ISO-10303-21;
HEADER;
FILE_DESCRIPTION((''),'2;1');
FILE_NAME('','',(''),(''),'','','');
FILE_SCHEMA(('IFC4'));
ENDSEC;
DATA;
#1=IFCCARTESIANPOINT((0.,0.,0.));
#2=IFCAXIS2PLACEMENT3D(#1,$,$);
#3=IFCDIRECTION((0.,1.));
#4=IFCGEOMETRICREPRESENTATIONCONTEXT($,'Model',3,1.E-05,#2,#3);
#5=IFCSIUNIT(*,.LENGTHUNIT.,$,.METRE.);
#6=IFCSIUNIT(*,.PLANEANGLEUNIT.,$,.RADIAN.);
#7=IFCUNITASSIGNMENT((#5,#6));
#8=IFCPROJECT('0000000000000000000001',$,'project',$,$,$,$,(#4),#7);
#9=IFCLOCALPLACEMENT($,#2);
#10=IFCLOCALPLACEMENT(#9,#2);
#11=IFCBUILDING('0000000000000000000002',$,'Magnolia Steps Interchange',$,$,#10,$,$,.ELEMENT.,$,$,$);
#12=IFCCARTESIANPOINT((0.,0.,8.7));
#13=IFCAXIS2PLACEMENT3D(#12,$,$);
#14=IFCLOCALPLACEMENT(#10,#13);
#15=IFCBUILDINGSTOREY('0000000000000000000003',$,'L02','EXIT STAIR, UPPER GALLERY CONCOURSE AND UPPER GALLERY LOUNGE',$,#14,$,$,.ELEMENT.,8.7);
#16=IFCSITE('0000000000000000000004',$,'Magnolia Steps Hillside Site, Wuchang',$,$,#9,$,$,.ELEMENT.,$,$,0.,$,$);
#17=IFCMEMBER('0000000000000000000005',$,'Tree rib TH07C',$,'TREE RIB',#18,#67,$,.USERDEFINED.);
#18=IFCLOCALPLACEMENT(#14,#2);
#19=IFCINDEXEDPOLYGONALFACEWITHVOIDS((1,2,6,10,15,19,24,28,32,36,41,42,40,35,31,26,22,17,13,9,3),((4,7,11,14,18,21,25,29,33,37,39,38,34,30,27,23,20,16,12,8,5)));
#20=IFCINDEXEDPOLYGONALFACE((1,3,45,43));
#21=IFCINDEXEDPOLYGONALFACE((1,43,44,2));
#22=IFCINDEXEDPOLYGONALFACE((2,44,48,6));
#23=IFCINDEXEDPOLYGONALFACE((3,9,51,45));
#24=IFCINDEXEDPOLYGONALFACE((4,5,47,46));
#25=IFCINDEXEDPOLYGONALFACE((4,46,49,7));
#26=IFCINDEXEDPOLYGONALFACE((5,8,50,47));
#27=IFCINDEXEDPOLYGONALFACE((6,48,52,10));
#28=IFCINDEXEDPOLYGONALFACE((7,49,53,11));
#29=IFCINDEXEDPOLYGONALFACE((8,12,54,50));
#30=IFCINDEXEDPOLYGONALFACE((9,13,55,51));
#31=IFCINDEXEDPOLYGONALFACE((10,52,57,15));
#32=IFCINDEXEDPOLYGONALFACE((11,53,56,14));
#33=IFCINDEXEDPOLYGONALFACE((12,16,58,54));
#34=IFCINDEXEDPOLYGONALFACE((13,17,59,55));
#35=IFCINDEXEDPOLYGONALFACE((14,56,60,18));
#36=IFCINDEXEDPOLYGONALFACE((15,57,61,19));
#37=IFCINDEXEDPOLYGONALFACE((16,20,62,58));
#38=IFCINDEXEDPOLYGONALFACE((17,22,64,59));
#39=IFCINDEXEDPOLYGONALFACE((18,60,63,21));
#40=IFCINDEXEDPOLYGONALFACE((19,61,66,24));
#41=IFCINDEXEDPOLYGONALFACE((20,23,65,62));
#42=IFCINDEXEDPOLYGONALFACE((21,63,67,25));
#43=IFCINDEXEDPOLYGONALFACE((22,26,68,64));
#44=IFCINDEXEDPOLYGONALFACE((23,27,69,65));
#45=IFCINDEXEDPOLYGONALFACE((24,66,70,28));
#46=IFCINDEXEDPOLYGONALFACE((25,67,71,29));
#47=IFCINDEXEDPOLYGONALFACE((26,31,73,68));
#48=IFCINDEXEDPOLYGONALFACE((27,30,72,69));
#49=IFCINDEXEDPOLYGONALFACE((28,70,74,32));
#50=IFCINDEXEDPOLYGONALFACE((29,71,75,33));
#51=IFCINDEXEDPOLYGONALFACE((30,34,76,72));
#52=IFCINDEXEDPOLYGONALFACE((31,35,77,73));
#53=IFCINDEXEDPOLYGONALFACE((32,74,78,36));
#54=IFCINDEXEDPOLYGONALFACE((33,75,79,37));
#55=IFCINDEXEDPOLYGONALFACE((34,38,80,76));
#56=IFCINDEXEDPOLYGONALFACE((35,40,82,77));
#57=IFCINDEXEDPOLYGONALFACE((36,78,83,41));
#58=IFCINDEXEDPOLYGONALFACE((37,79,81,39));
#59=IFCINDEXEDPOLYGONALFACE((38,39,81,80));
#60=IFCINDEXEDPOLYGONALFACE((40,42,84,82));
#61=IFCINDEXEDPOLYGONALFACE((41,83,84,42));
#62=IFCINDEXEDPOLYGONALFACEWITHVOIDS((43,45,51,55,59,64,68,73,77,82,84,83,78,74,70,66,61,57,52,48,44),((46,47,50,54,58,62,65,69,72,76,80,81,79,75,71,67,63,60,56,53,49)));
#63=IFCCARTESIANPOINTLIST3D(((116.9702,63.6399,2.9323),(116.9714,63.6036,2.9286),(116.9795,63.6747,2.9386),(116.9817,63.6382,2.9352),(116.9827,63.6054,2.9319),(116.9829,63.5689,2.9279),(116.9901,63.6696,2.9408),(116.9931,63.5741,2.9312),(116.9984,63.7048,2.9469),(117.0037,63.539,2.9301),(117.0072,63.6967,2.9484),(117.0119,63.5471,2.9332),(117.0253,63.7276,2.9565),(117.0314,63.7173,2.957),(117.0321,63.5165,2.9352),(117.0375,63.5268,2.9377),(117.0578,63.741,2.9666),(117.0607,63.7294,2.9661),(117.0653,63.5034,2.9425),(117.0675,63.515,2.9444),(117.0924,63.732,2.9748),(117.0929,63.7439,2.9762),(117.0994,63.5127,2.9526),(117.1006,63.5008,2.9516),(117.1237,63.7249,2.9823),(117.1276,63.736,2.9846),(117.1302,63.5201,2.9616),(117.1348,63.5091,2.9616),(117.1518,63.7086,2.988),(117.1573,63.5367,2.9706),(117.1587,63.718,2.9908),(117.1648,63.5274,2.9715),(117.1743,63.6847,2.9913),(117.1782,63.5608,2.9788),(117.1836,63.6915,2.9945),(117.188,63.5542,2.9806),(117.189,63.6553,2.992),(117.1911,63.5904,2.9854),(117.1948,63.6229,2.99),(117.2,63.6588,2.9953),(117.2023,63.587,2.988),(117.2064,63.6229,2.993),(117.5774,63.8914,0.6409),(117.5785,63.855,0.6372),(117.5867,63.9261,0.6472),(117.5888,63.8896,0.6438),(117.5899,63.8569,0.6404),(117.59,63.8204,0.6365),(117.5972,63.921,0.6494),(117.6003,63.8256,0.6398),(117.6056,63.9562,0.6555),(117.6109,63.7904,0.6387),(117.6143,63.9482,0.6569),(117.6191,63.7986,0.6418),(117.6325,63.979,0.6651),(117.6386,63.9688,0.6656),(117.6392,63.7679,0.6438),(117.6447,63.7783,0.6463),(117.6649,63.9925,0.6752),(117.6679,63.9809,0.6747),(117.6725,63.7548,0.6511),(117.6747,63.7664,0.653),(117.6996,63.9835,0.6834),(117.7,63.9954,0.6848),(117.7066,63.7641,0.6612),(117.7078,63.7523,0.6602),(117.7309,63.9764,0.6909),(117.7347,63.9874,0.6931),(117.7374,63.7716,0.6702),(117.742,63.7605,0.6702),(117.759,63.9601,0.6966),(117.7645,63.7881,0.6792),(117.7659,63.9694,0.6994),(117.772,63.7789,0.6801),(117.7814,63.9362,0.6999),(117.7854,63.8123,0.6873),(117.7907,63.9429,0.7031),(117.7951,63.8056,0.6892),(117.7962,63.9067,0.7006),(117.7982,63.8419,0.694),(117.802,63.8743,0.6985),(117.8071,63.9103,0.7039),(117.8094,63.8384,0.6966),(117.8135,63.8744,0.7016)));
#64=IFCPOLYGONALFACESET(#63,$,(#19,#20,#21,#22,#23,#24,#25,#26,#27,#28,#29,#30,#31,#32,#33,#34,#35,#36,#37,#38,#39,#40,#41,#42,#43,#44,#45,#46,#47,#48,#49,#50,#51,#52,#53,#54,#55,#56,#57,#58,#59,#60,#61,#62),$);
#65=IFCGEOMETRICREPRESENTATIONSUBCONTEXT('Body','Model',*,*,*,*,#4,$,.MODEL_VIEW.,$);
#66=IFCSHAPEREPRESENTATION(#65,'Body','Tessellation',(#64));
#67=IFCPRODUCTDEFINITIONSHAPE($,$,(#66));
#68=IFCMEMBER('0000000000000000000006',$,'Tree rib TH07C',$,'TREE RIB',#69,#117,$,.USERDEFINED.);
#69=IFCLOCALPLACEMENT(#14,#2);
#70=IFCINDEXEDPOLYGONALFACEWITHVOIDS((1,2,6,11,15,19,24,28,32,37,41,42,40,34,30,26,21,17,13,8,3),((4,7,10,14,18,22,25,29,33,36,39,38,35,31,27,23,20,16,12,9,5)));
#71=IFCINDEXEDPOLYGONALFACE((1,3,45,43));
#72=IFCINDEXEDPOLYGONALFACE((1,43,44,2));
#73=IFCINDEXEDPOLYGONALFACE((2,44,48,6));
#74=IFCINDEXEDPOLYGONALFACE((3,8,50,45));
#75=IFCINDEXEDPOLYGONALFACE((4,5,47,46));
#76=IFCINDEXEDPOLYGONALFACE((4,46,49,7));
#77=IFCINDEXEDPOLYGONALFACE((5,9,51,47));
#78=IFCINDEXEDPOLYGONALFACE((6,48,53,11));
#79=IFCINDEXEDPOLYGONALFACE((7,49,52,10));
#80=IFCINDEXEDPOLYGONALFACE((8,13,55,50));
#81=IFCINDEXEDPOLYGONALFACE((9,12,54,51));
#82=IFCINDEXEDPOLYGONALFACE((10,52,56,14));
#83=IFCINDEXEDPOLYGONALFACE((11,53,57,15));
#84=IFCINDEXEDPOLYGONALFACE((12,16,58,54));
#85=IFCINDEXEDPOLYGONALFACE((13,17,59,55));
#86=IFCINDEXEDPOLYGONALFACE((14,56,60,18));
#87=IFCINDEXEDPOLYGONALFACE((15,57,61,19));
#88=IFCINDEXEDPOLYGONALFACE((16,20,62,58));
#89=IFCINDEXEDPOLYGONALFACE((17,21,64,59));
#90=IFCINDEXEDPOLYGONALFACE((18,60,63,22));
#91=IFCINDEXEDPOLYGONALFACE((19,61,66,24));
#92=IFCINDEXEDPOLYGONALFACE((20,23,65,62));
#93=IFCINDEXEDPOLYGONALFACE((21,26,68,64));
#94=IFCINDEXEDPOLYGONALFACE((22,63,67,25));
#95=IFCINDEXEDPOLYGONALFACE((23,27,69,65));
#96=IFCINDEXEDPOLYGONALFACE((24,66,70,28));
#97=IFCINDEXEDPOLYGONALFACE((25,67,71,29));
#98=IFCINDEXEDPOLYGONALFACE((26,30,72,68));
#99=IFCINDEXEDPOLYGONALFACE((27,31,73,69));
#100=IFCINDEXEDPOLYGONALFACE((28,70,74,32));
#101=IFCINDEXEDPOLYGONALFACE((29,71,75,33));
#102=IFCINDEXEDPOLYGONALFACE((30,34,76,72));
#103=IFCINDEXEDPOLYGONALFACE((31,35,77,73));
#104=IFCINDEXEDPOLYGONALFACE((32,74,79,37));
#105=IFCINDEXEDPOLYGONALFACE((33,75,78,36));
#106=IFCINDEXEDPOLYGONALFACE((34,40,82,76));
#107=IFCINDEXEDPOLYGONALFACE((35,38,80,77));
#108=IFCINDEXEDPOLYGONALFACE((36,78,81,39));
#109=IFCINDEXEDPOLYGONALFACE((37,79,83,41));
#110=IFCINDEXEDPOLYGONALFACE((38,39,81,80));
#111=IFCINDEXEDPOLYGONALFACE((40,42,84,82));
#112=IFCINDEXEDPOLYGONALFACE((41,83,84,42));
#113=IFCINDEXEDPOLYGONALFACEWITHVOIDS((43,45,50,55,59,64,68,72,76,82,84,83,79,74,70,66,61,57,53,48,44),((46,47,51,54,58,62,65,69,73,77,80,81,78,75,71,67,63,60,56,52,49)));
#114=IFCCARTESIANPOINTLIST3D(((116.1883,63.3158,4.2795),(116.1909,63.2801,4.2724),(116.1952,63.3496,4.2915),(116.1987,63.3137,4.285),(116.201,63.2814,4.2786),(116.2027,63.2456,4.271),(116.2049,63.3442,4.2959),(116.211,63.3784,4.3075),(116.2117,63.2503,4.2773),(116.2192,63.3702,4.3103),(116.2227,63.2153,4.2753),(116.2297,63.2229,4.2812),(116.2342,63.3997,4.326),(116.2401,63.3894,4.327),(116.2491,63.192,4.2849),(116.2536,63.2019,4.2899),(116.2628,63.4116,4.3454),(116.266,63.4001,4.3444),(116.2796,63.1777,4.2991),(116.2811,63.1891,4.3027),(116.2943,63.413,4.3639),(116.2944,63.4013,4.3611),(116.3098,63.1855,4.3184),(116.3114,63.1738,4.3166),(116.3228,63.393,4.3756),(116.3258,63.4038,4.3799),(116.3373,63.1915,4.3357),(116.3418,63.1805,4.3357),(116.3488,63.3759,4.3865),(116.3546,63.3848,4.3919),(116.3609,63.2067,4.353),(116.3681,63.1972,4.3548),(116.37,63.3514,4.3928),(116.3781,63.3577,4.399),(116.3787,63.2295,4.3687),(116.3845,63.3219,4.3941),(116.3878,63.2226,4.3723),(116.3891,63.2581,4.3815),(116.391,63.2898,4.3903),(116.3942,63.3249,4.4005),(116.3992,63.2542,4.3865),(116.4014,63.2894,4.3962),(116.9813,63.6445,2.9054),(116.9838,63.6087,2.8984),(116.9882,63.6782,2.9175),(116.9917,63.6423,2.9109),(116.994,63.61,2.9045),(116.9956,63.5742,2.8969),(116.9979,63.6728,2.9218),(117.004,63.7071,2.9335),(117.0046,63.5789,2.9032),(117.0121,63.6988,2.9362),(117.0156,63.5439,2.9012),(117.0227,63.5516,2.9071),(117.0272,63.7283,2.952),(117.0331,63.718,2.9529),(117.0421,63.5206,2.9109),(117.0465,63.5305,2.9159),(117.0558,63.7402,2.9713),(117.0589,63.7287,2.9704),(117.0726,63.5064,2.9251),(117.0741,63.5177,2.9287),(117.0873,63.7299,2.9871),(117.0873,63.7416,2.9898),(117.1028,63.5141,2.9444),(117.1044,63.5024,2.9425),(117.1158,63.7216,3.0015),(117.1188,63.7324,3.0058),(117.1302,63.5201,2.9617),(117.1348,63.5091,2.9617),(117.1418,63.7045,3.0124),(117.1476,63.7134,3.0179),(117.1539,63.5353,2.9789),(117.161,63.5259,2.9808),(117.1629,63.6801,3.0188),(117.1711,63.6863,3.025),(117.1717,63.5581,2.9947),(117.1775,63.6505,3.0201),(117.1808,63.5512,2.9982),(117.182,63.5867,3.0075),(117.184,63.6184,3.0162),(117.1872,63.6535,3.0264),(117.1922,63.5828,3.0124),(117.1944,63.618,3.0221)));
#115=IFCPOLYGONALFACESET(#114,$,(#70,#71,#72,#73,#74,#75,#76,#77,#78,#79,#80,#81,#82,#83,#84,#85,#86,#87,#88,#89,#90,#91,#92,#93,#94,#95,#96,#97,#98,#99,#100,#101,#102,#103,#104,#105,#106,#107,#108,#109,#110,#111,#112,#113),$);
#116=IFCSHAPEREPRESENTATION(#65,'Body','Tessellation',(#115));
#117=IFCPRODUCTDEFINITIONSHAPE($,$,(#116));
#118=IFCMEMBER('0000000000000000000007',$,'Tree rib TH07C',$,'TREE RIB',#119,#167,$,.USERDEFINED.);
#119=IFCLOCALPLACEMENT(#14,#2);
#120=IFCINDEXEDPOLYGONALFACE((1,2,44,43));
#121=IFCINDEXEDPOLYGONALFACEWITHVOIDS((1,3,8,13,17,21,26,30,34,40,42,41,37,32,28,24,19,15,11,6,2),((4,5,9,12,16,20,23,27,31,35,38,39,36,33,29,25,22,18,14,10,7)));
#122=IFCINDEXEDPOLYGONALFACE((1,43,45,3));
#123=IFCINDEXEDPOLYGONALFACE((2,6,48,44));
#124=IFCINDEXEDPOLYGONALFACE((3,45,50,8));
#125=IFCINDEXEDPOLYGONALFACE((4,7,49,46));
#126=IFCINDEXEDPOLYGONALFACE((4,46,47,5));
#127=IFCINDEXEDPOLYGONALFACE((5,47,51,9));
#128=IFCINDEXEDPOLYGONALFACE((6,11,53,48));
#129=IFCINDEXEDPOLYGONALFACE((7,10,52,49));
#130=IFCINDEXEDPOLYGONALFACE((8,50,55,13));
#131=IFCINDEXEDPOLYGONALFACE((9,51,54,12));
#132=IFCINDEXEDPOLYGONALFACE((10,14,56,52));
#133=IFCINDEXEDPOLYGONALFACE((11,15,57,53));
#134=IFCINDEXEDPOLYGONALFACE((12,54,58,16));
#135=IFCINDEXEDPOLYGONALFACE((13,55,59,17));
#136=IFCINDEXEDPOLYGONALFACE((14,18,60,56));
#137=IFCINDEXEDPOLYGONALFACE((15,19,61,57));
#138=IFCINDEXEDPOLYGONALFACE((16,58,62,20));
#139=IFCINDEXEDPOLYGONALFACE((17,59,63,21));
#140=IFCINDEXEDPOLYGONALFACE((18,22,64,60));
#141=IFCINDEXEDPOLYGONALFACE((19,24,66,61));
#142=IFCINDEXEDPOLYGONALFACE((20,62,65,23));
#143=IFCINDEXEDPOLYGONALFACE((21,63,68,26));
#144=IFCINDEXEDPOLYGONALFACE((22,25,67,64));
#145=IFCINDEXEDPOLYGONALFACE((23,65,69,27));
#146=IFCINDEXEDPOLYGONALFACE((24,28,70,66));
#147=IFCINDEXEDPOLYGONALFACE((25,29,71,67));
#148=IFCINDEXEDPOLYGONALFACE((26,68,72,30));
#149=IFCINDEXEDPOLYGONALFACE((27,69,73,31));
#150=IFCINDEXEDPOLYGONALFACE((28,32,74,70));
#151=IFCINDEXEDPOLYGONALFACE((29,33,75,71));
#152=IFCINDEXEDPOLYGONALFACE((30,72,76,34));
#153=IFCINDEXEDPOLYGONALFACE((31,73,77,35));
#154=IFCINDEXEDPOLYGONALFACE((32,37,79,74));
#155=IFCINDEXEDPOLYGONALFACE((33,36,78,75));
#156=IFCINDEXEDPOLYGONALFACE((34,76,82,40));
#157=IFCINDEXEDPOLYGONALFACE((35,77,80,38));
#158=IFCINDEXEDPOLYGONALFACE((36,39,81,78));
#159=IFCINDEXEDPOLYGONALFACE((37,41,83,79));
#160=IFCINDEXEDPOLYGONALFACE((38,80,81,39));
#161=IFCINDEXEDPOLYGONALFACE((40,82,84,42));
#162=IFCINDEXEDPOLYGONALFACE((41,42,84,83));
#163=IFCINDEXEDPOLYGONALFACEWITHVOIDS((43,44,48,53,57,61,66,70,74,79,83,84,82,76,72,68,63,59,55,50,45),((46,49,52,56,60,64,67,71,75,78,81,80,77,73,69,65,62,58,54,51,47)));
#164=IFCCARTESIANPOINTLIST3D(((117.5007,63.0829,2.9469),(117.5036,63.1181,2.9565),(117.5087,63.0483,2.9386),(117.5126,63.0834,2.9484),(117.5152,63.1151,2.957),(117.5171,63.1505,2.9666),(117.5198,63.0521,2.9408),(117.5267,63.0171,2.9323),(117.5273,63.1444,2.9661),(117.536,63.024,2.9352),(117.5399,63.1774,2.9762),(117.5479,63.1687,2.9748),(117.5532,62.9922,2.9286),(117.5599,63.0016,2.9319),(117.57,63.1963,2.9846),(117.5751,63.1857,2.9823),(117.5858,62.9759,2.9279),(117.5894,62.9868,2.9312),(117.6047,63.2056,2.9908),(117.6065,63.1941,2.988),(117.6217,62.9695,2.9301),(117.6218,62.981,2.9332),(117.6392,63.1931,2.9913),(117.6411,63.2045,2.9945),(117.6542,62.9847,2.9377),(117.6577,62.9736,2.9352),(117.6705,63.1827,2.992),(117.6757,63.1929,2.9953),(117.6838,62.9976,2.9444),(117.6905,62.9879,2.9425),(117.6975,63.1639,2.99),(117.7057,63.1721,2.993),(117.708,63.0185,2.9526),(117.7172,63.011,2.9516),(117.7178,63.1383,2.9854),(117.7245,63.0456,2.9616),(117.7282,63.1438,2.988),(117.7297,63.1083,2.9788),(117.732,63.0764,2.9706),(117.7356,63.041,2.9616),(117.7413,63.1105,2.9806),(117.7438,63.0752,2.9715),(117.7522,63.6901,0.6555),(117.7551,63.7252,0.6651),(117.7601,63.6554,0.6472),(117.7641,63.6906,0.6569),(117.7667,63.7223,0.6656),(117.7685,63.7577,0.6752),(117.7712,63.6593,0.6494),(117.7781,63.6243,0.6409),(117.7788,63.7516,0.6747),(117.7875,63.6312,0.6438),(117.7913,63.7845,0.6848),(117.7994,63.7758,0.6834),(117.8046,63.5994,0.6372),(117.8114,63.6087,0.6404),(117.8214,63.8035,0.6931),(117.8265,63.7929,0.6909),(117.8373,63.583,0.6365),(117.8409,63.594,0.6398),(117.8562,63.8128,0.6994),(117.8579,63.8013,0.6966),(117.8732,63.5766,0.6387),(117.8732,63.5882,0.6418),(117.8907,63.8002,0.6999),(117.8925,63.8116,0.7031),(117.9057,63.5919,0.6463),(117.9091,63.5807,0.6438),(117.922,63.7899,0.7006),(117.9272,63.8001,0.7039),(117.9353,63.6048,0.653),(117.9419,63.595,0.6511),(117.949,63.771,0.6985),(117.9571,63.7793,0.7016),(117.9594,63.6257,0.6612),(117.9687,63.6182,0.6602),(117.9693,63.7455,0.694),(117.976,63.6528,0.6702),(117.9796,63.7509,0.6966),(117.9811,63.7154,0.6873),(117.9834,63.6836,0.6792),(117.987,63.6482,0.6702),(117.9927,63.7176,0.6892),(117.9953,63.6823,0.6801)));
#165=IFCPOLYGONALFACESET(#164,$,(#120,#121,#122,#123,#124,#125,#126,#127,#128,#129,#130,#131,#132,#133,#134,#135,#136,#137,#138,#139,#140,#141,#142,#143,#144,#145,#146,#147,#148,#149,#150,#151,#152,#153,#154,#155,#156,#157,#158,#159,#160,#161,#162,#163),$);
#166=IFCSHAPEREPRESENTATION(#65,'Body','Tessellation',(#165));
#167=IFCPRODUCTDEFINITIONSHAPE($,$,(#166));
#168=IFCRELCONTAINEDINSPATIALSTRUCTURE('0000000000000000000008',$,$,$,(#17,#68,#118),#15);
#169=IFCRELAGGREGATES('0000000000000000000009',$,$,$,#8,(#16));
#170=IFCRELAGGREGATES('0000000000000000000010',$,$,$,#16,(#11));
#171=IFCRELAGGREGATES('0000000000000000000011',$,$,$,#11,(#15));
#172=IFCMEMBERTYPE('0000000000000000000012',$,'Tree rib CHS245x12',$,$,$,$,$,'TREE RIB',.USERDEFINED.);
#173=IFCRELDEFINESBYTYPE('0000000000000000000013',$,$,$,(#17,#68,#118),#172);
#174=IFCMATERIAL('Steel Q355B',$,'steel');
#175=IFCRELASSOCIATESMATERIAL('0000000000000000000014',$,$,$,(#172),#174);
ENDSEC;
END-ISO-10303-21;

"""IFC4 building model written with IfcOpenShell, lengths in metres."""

from ifc_helpers import new_model, si_unit, direction, frame, origin, origin_2d, place, context, subcontext, project, spatial, hollow_circle, extrude, material, material_profile, profile_set, type_object, element, save


model = new_model("IFC4")

# Units and contexts
model_context = context("Model", 3, precision=1e-05, world=origin(), true_north=direction((0.0, 1.0)))
body_context = subcontext(model_context, "Body", "Model", "MODEL_VIEW")
ifc_project = project(units=[si_unit("LENGTHUNIT", "METRE"), si_unit("PLANEANGLEUNIT", "RADIAN")], contexts=[model_context])

# Site, building, storey
site_placement = place(None, origin())
site = spatial("IfcSite", under=ifc_project, at=site_placement, Name="Magnolia Steps Hillside Site, Wuchang", CompositionType="ELEMENT", RefElevation=0.0)
building_placement = place(site_placement, origin())
building = spatial("IfcBuilding", under=site, at=building_placement, Name="Magnolia Steps Interchange", CompositionType="ELEMENT")
storey_placement = place(building_placement, frame((0.0, 0.0, 8.7)))
storey = spatial("IfcBuildingStorey", under=building, at=storey_placement, Name="L02", Description="EXIT STAIR, UPPER GALLERY CONCOURSE AND UPPER GALLERY LOUNGE", CompositionType="ELEMENT", Elevation=8.7)

# Members
ifc_material_1 = material(Name="Steel Q355B", Category="steel")
ifc_material_profile_1 = material_profile(ifc_material_1, hollow_circle(Radius=0.1226, WallThickness=0.012, at=origin_2d()), Name="CHS245x12")
ifc_profile_set_1 = profile_set([ifc_material_profile_1], Name="Steel Q355B")
member_type_1 = type_object("IfcMemberType", Name="Tree rib CHS245x12", ElementType="TREE RIB", PredefinedType="USERDEFINED", material=ifc_profile_set_1)
member_1_placement = place(storey_placement, frame((117.6951, 63.8738, 0.6702), z_axis=(-0.254701, -0.105485, 0.961249), x_axis=(0.382636, -0.923899, 0.0)))
element("IfcMember", 1, at=member_1_placement, inside=storey, type_object=member_type_1, Name="Tree rib TH07C", ObjectType="TREE RIB", PredefinedType="USERDEFINED", context=body_context, shape_type="SweptSolid", body=[
    extrude(hollow_circle(Radius=0.1226, WallThickness=0.012, at=origin_2d()), origin(), (0.0, 0.0, 1.0), 2.3838),
])
member_2_placement = place(storey_placement, frame((117.0879, 63.6223, 2.9617), z_axis=(-0.489456, -0.202835, 0.84811), x_axis=(0.382837, -0.923816, 0.0)))
element("IfcMember", 2, at=member_2_placement, inside=storey, type_object=member_type_1, Name="Tree rib TH07C", ObjectType="TREE RIB", PredefinedType="USERDEFINED", context=body_context, shape_type="SweptSolid", body=[
    extrude(hollow_circle(Radius=0.1226, WallThickness=0.012, at=origin_2d()), origin(), (0.0, 0.0, 1.0), 1.6201),
])
member_3_placement = place(storey_placement, frame((117.8738, 63.6951, 0.6702), z_axis=(-0.105485, -0.254701, 0.961249), x_axis=(0.923899, -0.382636, 0.0)))
element("IfcMember", 3, at=member_3_placement, inside=storey, type_object=member_type_1, Name="Tree rib TH07C", ObjectType="TREE RIB", PredefinedType="USERDEFINED", context=body_context, shape_type="SweptSolid", body=[
    extrude(hollow_circle(Radius=0.1226, WallThickness=0.012, at=origin_2d()), origin(), (0.0, 0.0, 1.0), 2.3838),
])

save(model, "model.ifc")
